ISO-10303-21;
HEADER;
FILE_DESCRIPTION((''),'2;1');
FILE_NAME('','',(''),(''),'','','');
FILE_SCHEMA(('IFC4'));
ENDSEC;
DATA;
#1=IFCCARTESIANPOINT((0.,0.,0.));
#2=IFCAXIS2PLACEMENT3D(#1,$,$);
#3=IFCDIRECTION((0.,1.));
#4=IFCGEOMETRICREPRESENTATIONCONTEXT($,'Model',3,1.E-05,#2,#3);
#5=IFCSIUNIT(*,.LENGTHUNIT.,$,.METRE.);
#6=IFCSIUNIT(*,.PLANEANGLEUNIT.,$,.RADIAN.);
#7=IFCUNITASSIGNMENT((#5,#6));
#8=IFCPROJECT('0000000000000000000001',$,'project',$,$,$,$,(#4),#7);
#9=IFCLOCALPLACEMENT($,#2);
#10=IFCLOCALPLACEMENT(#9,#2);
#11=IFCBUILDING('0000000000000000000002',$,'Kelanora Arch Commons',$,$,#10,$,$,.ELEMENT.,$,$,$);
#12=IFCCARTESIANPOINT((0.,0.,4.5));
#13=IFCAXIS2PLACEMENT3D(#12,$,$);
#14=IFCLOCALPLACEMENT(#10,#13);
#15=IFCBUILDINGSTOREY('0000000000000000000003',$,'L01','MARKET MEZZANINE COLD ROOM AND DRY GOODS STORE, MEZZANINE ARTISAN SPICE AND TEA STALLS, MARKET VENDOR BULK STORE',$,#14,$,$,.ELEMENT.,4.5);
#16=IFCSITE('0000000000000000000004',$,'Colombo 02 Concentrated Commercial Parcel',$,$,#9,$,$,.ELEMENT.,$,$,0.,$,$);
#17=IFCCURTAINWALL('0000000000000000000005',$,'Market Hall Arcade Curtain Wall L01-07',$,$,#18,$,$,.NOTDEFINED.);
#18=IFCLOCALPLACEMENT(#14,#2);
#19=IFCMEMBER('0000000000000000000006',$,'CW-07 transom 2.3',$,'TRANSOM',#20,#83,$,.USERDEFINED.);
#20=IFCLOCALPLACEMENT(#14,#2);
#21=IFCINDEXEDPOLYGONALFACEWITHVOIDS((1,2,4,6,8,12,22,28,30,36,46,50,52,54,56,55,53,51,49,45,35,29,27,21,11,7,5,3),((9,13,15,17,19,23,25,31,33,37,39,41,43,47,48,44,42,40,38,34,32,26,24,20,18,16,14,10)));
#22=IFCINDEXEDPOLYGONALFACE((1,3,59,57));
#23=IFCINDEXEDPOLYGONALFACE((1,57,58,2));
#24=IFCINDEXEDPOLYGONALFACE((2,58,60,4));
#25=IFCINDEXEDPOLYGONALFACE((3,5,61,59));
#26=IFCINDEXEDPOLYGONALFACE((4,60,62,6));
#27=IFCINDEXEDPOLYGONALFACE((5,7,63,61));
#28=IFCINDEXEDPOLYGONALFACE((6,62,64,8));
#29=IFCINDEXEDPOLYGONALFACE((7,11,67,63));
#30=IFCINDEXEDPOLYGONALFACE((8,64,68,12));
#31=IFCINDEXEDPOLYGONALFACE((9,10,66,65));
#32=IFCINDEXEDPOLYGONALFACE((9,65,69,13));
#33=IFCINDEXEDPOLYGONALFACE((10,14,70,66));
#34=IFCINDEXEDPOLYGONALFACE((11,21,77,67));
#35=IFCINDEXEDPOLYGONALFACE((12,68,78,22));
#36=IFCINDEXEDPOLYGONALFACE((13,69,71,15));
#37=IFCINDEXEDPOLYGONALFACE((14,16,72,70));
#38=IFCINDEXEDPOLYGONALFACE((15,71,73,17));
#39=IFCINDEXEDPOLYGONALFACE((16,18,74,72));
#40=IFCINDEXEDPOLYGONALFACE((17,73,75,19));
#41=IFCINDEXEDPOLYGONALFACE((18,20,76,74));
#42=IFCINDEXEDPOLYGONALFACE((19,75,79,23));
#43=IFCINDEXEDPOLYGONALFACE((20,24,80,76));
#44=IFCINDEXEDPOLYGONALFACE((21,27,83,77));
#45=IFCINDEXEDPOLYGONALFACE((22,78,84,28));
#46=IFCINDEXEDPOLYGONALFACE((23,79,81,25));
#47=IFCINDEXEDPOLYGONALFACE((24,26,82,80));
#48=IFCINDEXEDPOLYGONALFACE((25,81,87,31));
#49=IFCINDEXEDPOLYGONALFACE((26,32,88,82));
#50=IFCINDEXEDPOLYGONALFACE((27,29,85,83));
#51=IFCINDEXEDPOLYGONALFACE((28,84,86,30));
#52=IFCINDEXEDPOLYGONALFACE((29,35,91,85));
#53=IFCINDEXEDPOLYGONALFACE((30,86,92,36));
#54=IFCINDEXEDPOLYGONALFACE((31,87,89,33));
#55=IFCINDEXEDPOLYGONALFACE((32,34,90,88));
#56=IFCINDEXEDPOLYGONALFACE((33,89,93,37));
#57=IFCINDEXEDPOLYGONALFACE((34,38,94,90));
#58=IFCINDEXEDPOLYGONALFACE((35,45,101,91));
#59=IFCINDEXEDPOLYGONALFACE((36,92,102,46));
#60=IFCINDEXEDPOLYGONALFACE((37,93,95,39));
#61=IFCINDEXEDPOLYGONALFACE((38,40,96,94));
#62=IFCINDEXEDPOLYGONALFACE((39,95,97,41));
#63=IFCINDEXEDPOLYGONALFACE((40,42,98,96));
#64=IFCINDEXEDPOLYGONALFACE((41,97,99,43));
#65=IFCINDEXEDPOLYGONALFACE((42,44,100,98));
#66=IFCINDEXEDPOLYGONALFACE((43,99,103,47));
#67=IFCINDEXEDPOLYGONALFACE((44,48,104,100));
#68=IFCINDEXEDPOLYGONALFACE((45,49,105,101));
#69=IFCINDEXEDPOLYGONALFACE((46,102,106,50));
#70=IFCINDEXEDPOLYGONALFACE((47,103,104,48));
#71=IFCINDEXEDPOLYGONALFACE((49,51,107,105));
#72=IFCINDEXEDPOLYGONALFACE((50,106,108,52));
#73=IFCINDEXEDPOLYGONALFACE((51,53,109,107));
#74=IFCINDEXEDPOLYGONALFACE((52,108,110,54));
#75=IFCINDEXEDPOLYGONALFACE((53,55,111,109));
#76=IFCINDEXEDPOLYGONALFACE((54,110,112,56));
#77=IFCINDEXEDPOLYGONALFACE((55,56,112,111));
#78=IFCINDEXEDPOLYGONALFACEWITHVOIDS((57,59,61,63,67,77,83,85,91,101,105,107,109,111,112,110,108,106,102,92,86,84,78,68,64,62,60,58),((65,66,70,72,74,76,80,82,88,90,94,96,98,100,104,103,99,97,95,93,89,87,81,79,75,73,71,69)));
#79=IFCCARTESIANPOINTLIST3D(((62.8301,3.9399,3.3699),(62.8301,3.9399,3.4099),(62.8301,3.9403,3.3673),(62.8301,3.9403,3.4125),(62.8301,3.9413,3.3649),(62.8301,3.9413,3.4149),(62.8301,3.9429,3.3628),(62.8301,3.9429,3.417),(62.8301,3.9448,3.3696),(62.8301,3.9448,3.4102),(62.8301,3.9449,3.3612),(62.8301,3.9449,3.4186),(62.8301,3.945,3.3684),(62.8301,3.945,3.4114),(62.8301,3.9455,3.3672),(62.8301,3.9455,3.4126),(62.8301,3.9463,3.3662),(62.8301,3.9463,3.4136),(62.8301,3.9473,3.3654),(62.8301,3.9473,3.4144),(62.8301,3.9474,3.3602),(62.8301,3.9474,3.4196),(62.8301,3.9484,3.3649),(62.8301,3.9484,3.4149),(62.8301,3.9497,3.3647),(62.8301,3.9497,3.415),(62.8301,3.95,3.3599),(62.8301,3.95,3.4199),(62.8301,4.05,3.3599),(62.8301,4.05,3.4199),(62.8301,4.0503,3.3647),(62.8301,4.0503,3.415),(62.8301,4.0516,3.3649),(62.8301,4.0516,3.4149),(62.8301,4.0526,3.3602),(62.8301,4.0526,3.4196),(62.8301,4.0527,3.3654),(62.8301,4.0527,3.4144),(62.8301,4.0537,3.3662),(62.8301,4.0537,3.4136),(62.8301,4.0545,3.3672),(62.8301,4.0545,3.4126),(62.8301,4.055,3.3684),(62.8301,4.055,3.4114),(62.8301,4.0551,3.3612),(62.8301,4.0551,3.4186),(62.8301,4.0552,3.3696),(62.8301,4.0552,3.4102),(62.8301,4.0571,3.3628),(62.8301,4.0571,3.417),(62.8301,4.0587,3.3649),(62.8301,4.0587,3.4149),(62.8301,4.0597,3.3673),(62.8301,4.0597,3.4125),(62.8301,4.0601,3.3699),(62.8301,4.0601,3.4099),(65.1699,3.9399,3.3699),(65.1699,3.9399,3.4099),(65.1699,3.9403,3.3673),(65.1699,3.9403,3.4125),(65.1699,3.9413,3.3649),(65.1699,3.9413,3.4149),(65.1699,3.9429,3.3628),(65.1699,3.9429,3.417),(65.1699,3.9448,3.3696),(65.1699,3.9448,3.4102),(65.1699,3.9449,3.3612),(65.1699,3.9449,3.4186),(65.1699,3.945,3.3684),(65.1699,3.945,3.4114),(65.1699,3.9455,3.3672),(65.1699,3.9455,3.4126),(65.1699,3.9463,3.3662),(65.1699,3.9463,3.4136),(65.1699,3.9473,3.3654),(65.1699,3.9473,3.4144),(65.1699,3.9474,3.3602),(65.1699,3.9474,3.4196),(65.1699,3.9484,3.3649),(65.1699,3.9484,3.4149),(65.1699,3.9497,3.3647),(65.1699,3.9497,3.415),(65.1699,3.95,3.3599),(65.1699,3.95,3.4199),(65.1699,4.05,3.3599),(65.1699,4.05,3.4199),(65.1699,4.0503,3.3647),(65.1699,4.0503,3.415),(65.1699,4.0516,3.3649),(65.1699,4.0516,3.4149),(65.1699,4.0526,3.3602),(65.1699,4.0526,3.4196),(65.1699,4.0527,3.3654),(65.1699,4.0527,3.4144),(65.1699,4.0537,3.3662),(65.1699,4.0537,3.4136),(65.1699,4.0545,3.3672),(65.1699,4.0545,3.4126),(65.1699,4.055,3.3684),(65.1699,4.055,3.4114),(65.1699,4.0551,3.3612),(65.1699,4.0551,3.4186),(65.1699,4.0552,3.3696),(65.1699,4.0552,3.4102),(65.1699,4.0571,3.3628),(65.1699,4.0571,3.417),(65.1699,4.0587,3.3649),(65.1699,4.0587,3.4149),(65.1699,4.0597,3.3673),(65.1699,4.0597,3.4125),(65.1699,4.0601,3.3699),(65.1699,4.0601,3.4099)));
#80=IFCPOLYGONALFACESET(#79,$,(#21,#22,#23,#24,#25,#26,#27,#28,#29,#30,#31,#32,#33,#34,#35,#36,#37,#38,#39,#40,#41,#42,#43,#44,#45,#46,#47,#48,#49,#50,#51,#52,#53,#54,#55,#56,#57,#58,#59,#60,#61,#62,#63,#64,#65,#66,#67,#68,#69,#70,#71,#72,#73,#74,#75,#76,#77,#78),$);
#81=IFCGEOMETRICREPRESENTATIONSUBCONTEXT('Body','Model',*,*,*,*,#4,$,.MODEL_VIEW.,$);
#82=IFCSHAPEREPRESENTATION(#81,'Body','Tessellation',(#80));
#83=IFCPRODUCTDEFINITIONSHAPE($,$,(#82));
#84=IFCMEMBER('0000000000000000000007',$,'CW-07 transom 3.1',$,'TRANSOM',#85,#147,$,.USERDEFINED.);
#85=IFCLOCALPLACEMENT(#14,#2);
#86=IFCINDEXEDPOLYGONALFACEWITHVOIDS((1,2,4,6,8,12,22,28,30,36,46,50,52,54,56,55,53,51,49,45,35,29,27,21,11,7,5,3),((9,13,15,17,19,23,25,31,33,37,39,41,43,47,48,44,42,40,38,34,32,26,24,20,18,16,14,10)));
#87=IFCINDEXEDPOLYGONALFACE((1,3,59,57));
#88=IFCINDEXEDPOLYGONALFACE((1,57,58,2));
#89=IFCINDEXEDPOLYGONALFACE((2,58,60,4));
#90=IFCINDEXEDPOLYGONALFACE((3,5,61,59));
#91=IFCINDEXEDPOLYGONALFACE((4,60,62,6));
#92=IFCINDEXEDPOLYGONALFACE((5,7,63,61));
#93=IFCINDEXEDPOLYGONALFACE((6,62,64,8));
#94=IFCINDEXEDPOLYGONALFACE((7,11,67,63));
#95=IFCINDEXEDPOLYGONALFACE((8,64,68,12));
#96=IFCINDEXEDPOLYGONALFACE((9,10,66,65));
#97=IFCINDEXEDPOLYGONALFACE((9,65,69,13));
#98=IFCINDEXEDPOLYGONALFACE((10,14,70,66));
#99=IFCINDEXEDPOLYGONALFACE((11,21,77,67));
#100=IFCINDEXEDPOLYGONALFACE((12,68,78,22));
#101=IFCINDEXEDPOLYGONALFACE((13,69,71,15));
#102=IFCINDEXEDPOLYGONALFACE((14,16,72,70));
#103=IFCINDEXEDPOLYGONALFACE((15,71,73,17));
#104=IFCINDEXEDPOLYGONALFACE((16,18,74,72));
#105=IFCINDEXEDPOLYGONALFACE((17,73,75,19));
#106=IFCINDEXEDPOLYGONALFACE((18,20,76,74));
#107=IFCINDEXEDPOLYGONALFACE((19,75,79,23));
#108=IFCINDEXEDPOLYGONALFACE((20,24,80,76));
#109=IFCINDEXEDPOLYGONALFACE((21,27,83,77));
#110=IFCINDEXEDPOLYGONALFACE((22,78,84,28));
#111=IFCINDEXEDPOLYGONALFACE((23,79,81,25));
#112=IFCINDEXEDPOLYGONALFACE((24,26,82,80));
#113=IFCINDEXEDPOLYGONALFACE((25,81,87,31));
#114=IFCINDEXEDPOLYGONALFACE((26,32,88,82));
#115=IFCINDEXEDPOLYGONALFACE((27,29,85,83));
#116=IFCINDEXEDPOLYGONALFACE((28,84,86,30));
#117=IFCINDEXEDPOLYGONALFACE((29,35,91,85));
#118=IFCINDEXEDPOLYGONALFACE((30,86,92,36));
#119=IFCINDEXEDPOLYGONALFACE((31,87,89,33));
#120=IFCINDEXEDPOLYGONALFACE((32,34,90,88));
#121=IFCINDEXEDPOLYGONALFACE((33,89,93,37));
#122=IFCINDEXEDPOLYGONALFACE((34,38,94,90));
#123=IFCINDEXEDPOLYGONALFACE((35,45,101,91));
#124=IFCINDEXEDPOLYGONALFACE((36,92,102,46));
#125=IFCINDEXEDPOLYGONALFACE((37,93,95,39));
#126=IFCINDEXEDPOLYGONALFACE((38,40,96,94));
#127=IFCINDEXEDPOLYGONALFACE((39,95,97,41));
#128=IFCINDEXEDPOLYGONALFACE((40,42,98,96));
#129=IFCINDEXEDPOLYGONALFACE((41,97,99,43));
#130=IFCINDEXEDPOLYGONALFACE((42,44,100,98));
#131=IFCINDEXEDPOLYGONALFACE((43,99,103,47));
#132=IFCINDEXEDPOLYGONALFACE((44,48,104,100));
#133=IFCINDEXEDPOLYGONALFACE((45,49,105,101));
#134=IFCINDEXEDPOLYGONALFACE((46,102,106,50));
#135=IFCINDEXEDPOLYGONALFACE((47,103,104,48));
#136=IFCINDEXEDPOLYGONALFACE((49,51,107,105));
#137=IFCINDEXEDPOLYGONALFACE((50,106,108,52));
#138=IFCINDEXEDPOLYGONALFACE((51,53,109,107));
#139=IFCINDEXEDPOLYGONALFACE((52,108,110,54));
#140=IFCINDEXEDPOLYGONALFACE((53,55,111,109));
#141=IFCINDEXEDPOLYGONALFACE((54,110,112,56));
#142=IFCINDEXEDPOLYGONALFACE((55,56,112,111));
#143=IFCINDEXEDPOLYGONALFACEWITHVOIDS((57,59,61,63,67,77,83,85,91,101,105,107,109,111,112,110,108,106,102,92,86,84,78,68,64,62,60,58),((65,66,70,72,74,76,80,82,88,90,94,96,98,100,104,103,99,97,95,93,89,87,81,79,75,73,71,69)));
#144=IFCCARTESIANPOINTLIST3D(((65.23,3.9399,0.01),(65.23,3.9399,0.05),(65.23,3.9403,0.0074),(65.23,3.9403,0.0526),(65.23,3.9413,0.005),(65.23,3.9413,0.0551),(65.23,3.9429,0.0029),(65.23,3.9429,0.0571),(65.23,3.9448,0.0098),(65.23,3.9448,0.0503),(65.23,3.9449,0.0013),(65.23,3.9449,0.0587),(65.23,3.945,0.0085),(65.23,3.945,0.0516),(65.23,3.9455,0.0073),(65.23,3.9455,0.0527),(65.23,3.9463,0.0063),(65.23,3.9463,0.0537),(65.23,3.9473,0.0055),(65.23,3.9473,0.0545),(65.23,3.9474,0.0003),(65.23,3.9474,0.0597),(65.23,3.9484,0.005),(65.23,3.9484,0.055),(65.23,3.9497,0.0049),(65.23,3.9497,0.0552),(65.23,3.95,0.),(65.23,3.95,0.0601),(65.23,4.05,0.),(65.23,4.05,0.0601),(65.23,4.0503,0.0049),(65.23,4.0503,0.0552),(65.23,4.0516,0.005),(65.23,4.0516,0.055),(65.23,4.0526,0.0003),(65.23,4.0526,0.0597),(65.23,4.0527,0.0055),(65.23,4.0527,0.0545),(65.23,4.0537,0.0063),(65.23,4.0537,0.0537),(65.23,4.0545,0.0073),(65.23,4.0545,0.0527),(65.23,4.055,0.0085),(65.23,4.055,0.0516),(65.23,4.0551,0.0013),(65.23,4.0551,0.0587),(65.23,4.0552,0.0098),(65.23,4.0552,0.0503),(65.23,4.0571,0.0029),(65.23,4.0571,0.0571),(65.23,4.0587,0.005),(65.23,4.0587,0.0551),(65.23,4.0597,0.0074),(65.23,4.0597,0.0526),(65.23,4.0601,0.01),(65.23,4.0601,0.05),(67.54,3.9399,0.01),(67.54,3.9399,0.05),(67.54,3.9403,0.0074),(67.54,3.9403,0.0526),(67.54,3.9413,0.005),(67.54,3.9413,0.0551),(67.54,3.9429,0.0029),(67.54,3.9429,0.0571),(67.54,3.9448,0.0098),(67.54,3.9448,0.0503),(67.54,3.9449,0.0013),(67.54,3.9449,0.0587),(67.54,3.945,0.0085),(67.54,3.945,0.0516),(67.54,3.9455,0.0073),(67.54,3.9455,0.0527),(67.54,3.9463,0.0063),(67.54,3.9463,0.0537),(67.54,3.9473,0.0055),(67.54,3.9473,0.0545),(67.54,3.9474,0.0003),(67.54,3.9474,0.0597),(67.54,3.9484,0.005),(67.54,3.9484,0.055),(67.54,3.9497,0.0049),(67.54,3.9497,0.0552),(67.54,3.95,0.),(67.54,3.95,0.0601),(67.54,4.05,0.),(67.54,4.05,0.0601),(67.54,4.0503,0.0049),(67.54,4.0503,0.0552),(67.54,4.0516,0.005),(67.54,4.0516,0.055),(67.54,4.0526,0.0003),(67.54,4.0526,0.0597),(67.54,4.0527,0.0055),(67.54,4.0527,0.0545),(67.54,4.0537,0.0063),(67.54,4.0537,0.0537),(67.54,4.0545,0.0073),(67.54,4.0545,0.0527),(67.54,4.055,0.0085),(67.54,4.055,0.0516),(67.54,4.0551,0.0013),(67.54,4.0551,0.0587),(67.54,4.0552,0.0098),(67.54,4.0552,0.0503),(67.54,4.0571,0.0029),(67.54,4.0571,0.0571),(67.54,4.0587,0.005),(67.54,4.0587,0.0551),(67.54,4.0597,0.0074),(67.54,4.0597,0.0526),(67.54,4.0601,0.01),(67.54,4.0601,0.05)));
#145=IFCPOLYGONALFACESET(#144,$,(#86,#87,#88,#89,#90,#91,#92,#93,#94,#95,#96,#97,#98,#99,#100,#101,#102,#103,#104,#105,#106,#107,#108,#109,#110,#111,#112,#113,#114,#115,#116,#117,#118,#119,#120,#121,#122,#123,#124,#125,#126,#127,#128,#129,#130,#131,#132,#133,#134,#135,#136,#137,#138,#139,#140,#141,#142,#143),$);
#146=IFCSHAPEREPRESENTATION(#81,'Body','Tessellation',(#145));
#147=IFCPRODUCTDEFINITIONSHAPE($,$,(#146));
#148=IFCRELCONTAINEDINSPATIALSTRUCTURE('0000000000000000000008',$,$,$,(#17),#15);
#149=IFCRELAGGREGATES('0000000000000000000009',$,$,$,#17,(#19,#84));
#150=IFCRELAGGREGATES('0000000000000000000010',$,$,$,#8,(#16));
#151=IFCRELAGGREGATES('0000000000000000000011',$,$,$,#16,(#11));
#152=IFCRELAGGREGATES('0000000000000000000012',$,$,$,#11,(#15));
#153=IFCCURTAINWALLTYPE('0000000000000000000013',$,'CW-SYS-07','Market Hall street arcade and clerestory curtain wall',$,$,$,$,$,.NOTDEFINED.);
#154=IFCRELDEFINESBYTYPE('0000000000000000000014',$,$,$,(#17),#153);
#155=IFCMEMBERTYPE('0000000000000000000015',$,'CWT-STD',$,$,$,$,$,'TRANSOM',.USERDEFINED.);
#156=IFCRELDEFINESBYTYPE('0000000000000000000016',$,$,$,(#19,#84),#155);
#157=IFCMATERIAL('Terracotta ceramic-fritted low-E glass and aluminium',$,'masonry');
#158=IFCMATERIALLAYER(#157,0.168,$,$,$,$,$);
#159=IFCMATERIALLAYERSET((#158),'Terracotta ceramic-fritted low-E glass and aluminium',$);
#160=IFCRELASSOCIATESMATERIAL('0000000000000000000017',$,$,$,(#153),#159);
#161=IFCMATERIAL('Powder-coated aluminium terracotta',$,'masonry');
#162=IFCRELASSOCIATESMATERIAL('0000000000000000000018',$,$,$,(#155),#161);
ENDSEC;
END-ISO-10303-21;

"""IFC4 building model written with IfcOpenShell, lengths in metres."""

from ifc_helpers import new_model, si_unit, direction, frame, origin, origin_2d, place, context, subcontext, project, spatial, hollow_rectangle, extrude, material, layer, layer_set, material_profile, profile_set, type_object, element, aggregate, save


model = new_model("IFC4")

# Units and contexts
model_context = context("Model", 3, precision=1e-05, world=origin(), true_north=direction((0.0, 1.0)))
body_context = subcontext(model_context, "Body", "Model", "MODEL_VIEW")
ifc_project = project(units=[si_unit("LENGTHUNIT", "METRE"), si_unit("PLANEANGLEUNIT", "RADIAN")], contexts=[model_context])

# Site, building, storey
site_placement = place(None, origin())
site = spatial("IfcSite", under=ifc_project, at=site_placement, Name="Colombo 02 Concentrated Commercial Parcel", CompositionType="ELEMENT", RefElevation=0.0)
building_placement = place(site_placement, origin())
building = spatial("IfcBuilding", under=site, at=building_placement, Name="Kelanora Arch Commons", CompositionType="ELEMENT")
storey_placement = place(building_placement, frame((0.0, 0.0, 4.5)))
storey = spatial("IfcBuildingStorey", under=building, at=storey_placement, Name="L01", Description="MARKET MEZZANINE COLD ROOM AND DRY GOODS STORE, MEZZANINE ARTISAN SPICE AND TEA STALLS, MARKET VENDOR BULK STORE", CompositionType="ELEMENT", Elevation=4.5)

# Curtain wall, members
ifc_material_1 = material(Name="Terracotta ceramic-fritted low-E glass and aluminium", Category="masonry")
ifc_layer_1 = layer(ifc_material_1, 0.168)
ifc_layer_set_1 = layer_set([ifc_layer_1], Name="Terracotta ceramic-fritted low-E glass and aluminium")
curtain_wall_type = type_object("IfcCurtainWallType", Name="CW-SYS-07", Description="Market Hall street arcade and clerestory curtain wall", PredefinedType="NOTDEFINED", material=ifc_layer_set_1)
curtain_wall_placement = place(storey_placement, origin())
curtain_wall = element("IfcCurtainWall", 1, at=curtain_wall_placement, inside=storey, type_object=curtain_wall_type, Name="Market Hall Arcade Curtain Wall L01-07", PredefinedType="NOTDEFINED")
ifc_material_2 = material(Name="Powder-coated aluminium terracotta", Category="masonry")
ifc_material_profile_1 = material_profile(ifc_material_2, hollow_rectangle(XDim=0.1201, YDim=0.0601, WallThickness=0.0049, InnerFilletRadius=0.0049, OuterFilletRadius=0.01, at=origin_2d()), Name="CWT120x60")
ifc_profile_set_1 = profile_set([ifc_material_profile_1], Name="Powder-coated aluminium terracotta")
member_type_1 = type_object("IfcMemberType", Name="CWT-STD", ElementType="TRANSOM", PredefinedType="USERDEFINED", material=ifc_profile_set_1)
member_1_placement = place(storey_placement, frame((62.8301, 4.0, 3.3899), z_axis=(1.0, 0.0, 0.0), x_axis=(0.0, 1.0, 0.0)))
member_1 = element("IfcMember", 2, at=member_1_placement, type_object=member_type_1, Name="CW-07 transom 2.3", ObjectType="TRANSOM", PredefinedType="USERDEFINED", context=body_context, shape_type="SweptSolid", body=[
    extrude(hollow_rectangle(XDim=0.1201, YDim=0.0601, WallThickness=0.0049, InnerFilletRadius=0.0049, OuterFilletRadius=0.01, at=origin_2d()), origin(), (0.0, 0.0, 1.0), 2.3398),
])
member_2_placement = place(storey_placement, frame((65.23, 4.0, 0.03), z_axis=(1.0, 0.0, 0.0), x_axis=(0.0, 1.0, 0.0)))
member_2 = element("IfcMember", 3, at=member_2_placement, type_object=member_type_1, Name="CW-07 transom 3.1", ObjectType="TRANSOM", PredefinedType="USERDEFINED", context=body_context, shape_type="SweptSolid", body=[
    extrude(hollow_rectangle(XDim=0.1201, YDim=0.0601, WallThickness=0.0049, InnerFilletRadius=0.0049, OuterFilletRadius=0.01, at=origin_2d()), origin(), (0.0, 0.0, 1.0), 2.3101),
])

aggregate(curtain_wall, [member_1, member_2])

save(model, "model.ifc")
